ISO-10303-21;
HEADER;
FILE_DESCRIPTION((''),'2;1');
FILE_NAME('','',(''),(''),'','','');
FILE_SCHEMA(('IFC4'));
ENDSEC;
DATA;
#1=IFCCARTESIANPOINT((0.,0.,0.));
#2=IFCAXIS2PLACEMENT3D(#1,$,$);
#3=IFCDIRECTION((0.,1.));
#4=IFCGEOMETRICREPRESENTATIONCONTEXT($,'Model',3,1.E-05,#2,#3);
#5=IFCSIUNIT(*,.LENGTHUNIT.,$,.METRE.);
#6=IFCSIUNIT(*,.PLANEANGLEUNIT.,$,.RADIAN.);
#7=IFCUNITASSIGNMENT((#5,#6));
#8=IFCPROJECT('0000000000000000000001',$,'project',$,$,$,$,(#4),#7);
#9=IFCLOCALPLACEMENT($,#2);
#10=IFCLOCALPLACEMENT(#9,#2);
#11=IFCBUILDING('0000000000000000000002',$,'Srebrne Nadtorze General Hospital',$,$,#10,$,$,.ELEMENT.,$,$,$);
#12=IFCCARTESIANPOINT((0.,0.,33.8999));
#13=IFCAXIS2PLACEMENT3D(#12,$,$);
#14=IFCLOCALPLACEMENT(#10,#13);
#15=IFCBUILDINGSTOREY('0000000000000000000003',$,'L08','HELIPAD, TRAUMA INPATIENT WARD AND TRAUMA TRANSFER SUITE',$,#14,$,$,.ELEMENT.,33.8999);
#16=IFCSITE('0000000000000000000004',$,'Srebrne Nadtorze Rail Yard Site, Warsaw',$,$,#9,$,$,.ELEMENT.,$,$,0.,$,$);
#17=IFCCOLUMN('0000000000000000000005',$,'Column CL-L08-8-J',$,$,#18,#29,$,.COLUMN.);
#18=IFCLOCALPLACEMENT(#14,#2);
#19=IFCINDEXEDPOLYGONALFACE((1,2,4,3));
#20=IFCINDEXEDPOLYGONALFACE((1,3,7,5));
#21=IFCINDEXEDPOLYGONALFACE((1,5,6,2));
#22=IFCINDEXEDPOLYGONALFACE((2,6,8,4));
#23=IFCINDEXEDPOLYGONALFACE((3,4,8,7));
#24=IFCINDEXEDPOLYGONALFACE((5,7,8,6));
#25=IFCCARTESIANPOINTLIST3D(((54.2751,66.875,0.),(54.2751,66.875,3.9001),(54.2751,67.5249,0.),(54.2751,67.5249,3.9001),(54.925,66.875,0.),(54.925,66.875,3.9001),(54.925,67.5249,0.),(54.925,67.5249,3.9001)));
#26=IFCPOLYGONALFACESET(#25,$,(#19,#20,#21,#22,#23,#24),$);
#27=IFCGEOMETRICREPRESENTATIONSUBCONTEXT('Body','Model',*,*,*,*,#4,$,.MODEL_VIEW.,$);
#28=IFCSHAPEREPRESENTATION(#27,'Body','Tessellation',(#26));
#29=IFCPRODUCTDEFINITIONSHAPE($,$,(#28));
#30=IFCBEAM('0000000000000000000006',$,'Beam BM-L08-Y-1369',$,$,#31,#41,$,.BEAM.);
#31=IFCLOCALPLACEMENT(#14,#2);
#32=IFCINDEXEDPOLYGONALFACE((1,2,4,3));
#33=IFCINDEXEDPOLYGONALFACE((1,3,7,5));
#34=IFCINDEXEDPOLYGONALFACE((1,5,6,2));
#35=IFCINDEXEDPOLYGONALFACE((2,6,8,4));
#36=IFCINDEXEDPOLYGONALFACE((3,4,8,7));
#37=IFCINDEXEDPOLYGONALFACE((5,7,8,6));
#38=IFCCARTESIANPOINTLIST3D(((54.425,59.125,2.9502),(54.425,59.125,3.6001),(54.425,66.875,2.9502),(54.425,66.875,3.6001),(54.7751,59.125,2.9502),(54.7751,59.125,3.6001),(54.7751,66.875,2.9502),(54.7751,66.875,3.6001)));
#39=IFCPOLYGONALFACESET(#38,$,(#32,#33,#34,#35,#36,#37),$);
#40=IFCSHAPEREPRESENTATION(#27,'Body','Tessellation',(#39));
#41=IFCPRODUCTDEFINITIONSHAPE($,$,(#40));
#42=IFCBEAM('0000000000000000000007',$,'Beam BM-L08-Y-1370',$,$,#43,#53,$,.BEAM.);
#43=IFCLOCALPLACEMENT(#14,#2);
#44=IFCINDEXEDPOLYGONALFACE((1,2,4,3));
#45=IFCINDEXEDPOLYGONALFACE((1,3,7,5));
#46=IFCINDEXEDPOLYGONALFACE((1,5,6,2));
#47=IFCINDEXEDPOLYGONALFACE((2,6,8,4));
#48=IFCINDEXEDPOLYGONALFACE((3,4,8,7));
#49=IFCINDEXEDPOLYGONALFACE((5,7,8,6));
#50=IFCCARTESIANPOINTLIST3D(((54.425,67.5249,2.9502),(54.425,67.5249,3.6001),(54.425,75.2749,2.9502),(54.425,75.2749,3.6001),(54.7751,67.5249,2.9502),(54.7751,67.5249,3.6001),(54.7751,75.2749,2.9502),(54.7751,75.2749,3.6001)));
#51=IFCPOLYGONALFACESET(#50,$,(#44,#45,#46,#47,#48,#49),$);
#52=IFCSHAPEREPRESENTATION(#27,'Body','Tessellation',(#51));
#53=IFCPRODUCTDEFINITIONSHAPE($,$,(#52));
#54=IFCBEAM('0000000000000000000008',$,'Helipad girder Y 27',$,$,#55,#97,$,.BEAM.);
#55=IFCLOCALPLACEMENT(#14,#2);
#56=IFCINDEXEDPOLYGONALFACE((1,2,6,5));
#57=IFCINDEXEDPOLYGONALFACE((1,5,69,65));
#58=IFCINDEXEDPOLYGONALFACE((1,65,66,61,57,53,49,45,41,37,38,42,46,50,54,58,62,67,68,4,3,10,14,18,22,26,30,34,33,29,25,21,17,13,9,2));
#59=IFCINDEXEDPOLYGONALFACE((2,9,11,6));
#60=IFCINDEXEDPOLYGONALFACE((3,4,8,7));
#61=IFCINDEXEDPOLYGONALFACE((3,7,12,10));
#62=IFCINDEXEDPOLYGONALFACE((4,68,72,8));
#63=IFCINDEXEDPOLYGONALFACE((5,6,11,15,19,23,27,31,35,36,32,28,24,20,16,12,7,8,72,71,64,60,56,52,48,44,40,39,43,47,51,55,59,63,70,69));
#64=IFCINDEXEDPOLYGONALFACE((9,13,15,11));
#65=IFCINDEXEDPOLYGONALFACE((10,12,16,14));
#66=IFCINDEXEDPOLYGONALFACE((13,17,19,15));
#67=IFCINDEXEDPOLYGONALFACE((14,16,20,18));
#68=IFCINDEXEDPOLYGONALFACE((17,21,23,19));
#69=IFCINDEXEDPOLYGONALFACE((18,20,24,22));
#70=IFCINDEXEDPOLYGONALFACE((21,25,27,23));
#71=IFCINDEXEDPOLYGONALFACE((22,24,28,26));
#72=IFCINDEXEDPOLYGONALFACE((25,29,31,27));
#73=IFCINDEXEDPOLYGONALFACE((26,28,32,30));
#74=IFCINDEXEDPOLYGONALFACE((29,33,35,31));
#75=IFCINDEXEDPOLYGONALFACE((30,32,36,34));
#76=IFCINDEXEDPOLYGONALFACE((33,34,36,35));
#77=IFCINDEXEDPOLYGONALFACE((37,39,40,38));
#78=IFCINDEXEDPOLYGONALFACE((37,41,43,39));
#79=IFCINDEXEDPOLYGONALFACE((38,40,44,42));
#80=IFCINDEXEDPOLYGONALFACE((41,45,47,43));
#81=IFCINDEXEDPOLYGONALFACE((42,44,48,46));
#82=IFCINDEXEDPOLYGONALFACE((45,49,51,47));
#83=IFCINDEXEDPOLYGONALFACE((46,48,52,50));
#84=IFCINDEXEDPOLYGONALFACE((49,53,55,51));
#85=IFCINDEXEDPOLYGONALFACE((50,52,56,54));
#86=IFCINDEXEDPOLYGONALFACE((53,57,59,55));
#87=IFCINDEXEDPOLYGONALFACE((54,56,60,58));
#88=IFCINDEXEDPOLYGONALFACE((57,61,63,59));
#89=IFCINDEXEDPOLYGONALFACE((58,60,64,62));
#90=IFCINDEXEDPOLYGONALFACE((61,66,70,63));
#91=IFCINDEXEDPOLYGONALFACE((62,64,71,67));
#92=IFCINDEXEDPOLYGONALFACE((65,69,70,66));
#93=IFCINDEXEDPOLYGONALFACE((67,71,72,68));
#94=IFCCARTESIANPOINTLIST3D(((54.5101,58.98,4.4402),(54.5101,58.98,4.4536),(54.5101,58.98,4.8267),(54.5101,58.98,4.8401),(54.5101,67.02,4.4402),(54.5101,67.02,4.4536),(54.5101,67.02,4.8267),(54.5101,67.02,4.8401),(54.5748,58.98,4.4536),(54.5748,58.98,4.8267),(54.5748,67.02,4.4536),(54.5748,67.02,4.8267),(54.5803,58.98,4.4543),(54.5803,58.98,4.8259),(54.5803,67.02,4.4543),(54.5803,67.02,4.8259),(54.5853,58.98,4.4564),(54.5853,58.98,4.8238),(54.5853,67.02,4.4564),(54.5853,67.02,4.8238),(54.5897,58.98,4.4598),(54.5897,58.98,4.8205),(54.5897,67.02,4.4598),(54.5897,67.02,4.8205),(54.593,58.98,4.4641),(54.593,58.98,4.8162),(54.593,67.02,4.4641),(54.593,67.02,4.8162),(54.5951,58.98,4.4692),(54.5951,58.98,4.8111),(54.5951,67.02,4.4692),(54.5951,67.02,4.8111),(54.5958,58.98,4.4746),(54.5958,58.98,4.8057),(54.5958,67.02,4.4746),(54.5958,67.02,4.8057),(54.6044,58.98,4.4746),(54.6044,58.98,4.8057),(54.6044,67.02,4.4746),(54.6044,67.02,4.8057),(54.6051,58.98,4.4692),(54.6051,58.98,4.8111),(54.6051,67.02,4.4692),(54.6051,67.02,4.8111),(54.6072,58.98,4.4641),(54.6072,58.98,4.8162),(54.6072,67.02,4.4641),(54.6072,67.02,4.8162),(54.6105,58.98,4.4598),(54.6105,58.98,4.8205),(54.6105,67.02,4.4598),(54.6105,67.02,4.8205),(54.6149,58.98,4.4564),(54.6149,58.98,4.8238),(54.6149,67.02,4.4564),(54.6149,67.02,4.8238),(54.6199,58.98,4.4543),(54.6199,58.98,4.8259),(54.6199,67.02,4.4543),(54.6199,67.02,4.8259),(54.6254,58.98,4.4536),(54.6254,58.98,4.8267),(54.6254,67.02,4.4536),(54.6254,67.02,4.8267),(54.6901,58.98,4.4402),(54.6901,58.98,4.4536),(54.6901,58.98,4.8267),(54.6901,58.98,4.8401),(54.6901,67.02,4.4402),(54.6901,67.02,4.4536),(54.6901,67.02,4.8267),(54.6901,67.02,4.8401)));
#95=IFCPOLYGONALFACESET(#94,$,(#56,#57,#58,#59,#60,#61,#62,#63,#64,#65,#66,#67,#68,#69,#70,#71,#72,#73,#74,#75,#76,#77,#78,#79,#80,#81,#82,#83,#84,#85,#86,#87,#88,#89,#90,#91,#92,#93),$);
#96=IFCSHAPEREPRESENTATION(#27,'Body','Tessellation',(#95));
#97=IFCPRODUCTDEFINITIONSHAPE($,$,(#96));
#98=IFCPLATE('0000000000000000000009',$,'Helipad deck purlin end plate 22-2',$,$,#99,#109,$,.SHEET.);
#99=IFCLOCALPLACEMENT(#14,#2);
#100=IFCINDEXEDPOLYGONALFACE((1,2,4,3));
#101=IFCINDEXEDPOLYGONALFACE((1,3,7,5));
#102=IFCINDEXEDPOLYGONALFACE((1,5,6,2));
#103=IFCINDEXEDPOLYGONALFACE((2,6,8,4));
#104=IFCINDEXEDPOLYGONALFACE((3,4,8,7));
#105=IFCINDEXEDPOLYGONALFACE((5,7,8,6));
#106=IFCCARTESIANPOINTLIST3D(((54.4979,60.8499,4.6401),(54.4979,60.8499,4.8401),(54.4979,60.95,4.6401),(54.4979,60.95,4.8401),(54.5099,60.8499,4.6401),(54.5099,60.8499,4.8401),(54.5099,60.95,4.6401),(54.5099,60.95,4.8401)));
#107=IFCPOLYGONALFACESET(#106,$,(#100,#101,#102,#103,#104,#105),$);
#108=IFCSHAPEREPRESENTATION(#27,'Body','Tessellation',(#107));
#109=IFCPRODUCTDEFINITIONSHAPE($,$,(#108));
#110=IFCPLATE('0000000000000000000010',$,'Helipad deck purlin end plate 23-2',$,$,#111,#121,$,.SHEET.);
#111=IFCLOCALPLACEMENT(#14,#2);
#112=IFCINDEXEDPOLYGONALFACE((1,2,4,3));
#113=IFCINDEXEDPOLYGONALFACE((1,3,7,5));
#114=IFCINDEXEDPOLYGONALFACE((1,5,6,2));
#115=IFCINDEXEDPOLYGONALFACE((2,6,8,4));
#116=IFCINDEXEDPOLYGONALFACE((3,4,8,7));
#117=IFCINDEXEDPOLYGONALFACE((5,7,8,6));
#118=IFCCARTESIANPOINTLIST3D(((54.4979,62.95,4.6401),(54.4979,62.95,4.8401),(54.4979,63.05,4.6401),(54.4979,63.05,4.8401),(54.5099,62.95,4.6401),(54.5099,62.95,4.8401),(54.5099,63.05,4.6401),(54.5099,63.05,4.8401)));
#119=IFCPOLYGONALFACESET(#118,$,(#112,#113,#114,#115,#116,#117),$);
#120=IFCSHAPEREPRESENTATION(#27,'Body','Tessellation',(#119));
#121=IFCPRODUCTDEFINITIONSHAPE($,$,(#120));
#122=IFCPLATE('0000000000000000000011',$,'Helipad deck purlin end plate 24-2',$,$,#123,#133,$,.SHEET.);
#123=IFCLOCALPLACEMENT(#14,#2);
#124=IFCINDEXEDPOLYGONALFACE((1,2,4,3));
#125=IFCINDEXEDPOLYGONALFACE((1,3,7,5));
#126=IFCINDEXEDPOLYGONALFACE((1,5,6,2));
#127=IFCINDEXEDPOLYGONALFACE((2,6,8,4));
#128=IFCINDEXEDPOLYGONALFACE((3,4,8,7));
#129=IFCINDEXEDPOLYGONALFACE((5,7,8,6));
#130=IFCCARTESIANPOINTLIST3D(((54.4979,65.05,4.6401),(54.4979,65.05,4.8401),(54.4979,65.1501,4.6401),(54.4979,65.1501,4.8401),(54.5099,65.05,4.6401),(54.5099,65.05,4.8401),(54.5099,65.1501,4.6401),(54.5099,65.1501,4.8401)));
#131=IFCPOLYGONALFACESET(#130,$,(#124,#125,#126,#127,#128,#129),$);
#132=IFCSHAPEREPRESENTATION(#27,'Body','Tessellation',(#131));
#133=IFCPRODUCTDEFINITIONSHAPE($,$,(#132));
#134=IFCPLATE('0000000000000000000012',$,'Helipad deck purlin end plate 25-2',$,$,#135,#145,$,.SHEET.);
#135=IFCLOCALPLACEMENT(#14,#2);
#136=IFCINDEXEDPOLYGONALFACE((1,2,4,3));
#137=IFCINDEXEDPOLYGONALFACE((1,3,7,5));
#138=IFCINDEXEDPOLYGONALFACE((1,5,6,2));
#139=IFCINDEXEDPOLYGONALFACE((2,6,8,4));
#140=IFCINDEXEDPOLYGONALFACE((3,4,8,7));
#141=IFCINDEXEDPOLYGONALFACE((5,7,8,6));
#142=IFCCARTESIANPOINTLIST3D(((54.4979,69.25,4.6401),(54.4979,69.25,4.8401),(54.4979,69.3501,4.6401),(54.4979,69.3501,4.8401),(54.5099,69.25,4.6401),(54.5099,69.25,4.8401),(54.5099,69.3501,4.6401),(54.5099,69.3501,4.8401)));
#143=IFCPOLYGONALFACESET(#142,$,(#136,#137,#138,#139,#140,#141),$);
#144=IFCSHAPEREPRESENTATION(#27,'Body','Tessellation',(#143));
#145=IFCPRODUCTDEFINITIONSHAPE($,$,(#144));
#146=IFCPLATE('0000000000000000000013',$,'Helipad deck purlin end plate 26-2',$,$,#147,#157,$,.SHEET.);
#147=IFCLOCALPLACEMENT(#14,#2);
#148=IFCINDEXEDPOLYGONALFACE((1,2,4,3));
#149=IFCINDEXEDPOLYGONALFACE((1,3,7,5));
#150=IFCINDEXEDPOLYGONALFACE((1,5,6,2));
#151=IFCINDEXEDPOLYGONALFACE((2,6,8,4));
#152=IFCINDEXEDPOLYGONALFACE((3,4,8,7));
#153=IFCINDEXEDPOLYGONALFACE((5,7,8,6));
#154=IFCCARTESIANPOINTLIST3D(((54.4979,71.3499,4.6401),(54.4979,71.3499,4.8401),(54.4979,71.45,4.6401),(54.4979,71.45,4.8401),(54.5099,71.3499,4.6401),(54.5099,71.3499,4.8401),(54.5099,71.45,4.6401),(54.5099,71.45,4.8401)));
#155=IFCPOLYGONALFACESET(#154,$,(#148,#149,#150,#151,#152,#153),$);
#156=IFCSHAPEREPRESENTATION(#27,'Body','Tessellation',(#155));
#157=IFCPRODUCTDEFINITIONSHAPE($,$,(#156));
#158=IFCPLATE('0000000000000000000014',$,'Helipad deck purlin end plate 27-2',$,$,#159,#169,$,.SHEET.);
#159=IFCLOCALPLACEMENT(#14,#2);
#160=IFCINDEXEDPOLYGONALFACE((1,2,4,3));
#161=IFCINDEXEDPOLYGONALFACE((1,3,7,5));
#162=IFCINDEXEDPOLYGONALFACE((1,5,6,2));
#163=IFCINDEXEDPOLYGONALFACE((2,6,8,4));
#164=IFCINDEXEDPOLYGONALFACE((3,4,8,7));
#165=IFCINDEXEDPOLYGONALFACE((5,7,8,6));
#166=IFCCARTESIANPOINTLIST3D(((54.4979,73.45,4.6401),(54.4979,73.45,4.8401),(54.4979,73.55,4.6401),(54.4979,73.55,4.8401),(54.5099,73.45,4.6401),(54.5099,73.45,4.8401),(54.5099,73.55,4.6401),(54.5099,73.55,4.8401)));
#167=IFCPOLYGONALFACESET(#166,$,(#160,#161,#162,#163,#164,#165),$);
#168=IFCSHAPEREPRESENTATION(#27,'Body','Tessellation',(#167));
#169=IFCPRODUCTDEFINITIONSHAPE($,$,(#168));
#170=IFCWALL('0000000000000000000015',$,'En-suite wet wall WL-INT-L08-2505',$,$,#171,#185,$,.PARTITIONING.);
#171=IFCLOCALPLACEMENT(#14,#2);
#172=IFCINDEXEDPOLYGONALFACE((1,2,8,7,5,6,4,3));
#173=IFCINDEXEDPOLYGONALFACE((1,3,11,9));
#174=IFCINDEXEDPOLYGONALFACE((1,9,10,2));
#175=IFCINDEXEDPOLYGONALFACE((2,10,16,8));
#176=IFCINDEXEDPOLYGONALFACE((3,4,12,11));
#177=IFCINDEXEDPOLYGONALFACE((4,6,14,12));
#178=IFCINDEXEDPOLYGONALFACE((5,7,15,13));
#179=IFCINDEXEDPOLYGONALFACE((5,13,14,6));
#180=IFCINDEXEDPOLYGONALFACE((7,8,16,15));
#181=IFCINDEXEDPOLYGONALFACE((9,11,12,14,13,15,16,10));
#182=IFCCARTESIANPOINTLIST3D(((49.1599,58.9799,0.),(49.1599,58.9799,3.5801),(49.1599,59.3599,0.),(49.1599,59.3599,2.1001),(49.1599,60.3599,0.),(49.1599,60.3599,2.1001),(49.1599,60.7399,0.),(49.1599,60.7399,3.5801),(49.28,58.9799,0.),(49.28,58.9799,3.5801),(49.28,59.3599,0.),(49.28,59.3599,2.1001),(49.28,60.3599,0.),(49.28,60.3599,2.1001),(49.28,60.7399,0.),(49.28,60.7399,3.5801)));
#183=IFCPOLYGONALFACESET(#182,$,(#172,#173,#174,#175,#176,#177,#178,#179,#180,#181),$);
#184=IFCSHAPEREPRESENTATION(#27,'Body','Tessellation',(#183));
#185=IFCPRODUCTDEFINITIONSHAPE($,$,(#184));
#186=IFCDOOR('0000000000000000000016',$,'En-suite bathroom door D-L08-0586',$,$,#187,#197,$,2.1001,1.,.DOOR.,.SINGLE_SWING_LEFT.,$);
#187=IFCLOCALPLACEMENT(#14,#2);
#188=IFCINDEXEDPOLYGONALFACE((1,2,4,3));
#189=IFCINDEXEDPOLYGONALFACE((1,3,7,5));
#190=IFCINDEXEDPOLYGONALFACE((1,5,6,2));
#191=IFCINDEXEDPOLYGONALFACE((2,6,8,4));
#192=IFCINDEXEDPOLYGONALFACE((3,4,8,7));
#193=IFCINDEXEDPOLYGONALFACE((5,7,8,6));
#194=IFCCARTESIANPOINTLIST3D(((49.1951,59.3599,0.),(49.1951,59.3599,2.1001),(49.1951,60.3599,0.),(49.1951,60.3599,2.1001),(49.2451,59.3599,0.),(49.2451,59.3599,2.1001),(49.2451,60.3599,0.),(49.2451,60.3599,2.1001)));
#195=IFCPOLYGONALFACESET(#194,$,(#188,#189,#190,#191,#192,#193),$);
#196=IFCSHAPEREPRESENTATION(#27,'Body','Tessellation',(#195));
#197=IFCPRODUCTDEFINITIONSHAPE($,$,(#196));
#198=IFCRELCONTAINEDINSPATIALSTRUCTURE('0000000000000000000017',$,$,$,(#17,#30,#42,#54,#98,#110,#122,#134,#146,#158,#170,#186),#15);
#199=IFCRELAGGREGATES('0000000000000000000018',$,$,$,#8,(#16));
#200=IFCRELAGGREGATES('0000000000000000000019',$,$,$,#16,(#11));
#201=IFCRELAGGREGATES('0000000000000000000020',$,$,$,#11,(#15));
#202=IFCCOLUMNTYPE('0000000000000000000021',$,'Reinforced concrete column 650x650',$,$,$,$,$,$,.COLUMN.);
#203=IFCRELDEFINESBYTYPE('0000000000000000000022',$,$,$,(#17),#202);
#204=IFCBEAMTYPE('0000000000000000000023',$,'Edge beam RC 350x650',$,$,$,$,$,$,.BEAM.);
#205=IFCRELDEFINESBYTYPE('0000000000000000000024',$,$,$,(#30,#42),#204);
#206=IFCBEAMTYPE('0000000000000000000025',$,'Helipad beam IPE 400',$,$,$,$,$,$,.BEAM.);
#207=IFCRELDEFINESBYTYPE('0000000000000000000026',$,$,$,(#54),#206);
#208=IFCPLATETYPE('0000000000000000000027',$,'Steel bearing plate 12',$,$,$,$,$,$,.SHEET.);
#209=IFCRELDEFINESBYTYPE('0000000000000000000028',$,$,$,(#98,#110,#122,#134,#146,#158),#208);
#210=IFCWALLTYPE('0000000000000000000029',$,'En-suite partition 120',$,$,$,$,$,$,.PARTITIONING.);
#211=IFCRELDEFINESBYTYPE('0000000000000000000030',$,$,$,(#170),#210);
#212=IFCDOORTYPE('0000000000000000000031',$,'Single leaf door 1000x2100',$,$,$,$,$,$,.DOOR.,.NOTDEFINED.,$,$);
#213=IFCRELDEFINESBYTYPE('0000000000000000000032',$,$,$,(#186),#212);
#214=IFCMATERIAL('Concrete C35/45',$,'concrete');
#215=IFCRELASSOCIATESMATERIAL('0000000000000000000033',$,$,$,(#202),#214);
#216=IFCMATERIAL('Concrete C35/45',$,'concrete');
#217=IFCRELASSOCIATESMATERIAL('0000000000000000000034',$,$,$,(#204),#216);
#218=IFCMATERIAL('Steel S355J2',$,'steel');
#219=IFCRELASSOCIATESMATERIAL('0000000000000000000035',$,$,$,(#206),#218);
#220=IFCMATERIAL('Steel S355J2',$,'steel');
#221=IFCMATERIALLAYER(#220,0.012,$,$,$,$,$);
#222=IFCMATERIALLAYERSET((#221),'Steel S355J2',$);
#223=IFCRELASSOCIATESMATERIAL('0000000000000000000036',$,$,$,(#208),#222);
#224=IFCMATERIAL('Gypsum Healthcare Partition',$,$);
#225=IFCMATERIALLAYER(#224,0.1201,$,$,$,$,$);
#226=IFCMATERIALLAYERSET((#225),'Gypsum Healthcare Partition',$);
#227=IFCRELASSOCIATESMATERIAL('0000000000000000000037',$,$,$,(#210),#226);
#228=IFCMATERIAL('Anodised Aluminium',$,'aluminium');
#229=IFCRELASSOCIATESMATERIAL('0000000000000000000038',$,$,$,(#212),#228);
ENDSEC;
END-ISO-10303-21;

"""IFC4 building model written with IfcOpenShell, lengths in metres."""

from ifc_helpers import new_model, si_unit, direction, frame, frame_2d, origin, origin_2d, place, context, subcontext, project, spatial, rectangle, i_section, extrude, material, layer, layer_set, material_profile, profile_set, type_object, element, fill, save


model = new_model("IFC4")

# Units and contexts
model_context = context("Model", 3, precision=1e-05, world=origin(), true_north=direction((0.0, 1.0)))
body_context = subcontext(model_context, "Body", "Model", "MODEL_VIEW")
ifc_project = project(units=[si_unit("LENGTHUNIT", "METRE"), si_unit("PLANEANGLEUNIT", "RADIAN")], contexts=[model_context])

# Site, building, storey
site_placement = place(None, origin())
site = spatial("IfcSite", under=ifc_project, at=site_placement, Name="Srebrne Nadtorze Rail Yard Site, Warsaw", CompositionType="ELEMENT", RefElevation=0.0)
building_placement = place(site_placement, origin())
building = spatial("IfcBuilding", under=site, at=building_placement, Name="Srebrne Nadtorze General Hospital", CompositionType="ELEMENT")
storey_placement = place(building_placement, frame((0.0, 0.0, 33.8999)))
storey = spatial("IfcBuildingStorey", under=building, at=storey_placement, Name="L08", Description="HELIPAD, TRAUMA INPATIENT WARD AND TRAUMA TRANSFER SUITE", CompositionType="ELEMENT", Elevation=33.8999)

# Column
ifc_material_1 = material(Name="Concrete C35/45", Category="concrete")
ifc_material_profile_1 = material_profile(ifc_material_1, rectangle(XDim=0.6499, YDim=0.6499, at=origin_2d()), Name="RC-COL-650x650")
ifc_profile_set_1 = profile_set([ifc_material_profile_1], Name="Concrete C35/45")
column_type = type_object("IfcColumnType", Name="Reinforced concrete column 650x650", PredefinedType="COLUMN", material=ifc_profile_set_1)
column_placement = place(storey_placement, frame((54.6001, 67.2, 0.0), z_axis=(0.0, 0.0, 1.0), x_axis=(1.0, 0.0, 0.0)))
element("IfcColumn", 1, at=column_placement, inside=storey, type_object=column_type, Name="Column CL-L08-8-J", PredefinedType="COLUMN", context=body_context, shape_type="SweptSolid", body=[
    extrude(rectangle(XDim=0.6499, YDim=0.6499, at=origin_2d()), origin(), (0.0, 0.0, 1.0), 3.9001),
])

# Beams
ifc_material_2 = material(Name="Concrete C35/45", Category="concrete")
ifc_material_profile_2 = material_profile(ifc_material_2, rectangle(XDim=0.3501, YDim=0.6499, at=origin_2d()), Name="RC-BM-350x650")
ifc_profile_set_2 = profile_set([ifc_material_profile_2], Name="Concrete C35/45")
beam_type_1 = type_object("IfcBeamType", Name="Edge beam RC 350x650", PredefinedType="BEAM", material=ifc_profile_set_2)
for number, where, z_axis, x_axis, name in (
    (2, (54.6001, 59.125, 3.2751), (0.0, 1.0, 0.0), (-1.0, 0.0, 0.0), "Beam BM-L08-Y-1369"),
    (3, (54.6001, 67.5249, 3.2751), (0.0, 1.0, 0.0), (-1.0, 0.0, 0.0), "Beam BM-L08-Y-1370"),
):
    element("IfcBeam", number, at=place(storey_placement, frame(where, z_axis=z_axis, x_axis=x_axis)), inside=storey, type_object=beam_type_1, Name=name, PredefinedType="BEAM", context=body_context, shape_type="SweptSolid", body=[
        extrude(rectangle(XDim=0.3501, YDim=0.6499, at=origin_2d()), origin(), (0.0, 0.0, 1.0), 7.75),
    ])
ifc_material_3 = material(Name="Steel S355J2", Category="steel")
ifc_material_profile_3 = material_profile(ifc_material_3, i_section(OverallWidth=0.1799, OverallDepth=0.3999, WebThickness=0.0085, FlangeThickness=0.0134, FilletRadius=0.021, at=origin_2d()), Name="IPE-400")
ifc_profile_set_3 = profile_set([ifc_material_profile_3], Name="Steel S355J2")
beam_type_2 = type_object("IfcBeamType", Name="Helipad beam IPE 400", PredefinedType="BEAM", material=ifc_profile_set_3)
beam_placement = place(storey_placement, frame((54.6001, 58.98, 4.6401), z_axis=(0.0, 1.0, 0.0), x_axis=(-1.0, 0.0, 0.0)))
element("IfcBeam", 4, at=beam_placement, inside=storey, type_object=beam_type_2, Name="Helipad girder Y 27", PredefinedType="BEAM", context=body_context, shape_type="SweptSolid", body=[
    extrude(i_section(OverallWidth=0.1799, OverallDepth=0.3999, WebThickness=0.0085, FlangeThickness=0.0134, FilletRadius=0.021, at=origin_2d()), origin(), (0.0, 0.0, 1.0), 8.04),
])

# Plates
ifc_material_4 = material(Name="Steel S355J2", Category="steel")
ifc_layer_1 = layer(ifc_material_4, 0.012)
ifc_layer_set_1 = layer_set([ifc_layer_1], Name="Steel S355J2")
plate_type = type_object("IfcPlateType", Name="Steel bearing plate 12", PredefinedType="SHEET", material=ifc_layer_set_1)
for number, where, z_axis, x_axis, name in (
    (5, (54.5039, 60.8999, 4.6401), (0.0, 0.0, 1.0), (1.0, 0.0, 0.0), "Helipad deck purlin end plate 22-2"),
    (6, (54.5039, 63.0, 4.6401), (0.0, 0.0, 1.0), (1.0, 0.0, 0.0), "Helipad deck purlin end plate 23-2"),
    (7, (54.5039, 65.1001, 4.6401), (0.0, 0.0, 1.0), (1.0, 0.0, 0.0), "Helipad deck purlin end plate 24-2"),
    (8, (54.5039, 69.3, 4.6401), (0.0, 0.0, 1.0), (1.0, 0.0, 0.0), "Helipad deck purlin end plate 25-2"),
    (9, (54.5039, 71.3999, 4.6401), (0.0, 0.0, 1.0), (1.0, 0.0, 0.0), "Helipad deck purlin end plate 26-2"),
    (10, (54.5039, 73.5, 4.6401), (0.0, 0.0, 1.0), (1.0, 0.0, 0.0), "Helipad deck purlin end plate 27-2"),
):
    element("IfcPlate", number, at=place(storey_placement, frame(where, z_axis=z_axis, x_axis=x_axis)), inside=storey, type_object=plate_type, Name=name, PredefinedType="SHEET", context=body_context, shape_type="SweptSolid", body=[
        extrude(rectangle(XDim=0.012, YDim=0.1001, at=origin_2d()), origin(), (0.0, 0.0, 1.0), 0.2),
    ])

# Wall, opening, door
ifc_material_5 = material(Name="Gypsum Healthcare Partition")
ifc_layer_2 = layer(ifc_material_5, 0.1201)
ifc_layer_set_2 = layer_set([ifc_layer_2], Name="Gypsum Healthcare Partition")
wall_type = type_object("IfcWallType", Name="En-suite partition 120", PredefinedType="PARTITIONING", material=ifc_layer_set_2)
wall_1_placement = place(storey_placement, frame((49.22, 58.98, 0.0), z_axis=(0.0, 0.0, 1.0), x_axis=(0.0, 1.0, 0.0)))
wall_1 = element("IfcWall", 11, at=wall_1_placement, inside=storey, type_object=wall_type, Name="En-suite wet wall WL-INT-L08-2505", PredefinedType="PARTITIONING", context=body_context, shape_type="SweptSolid", body=[
    extrude(rectangle(XDim=1.76, YDim=0.1201, at=frame_2d((0.8799, 0.0))), origin(), (0.0, 0.0, 1.0), 3.5801),
])
opening_1_placement = place(wall_1_placement, frame((0.3799, 0.0, 0.0)))
opening_1 = element("IfcOpeningElement", 12, at=opening_1_placement, cuts=wall_1, PredefinedType="OPENING", context=body_context, shape_type="SweptSolid", body=[
    extrude(rectangle(XDim=1.0, YDim=2.1001, at=frame_2d((0.5, 1.05))), frame((0.0, 0.072, 0.0), z_axis=(0.0, -1.0, 0.0), x_axis=(1.0, 0.0, 0.0)), (0.0, 0.0, 1.0), 0.144),
])
ifc_material_6 = material(Name="Anodised Aluminium", Category="aluminium")
door_type_1 = type_object("IfcDoorType", Name="Single leaf door 1000x2100", OperationType="NOTDEFINED", PredefinedType="DOOR", material=ifc_material_6)
door_1_placement = place(opening_1_placement, origin())
door_1 = element("IfcDoor", 13, at=door_1_placement, inside=storey, type_object=door_type_1, Name="En-suite bathroom door D-L08-0586", OperationType="SINGLE_SWING_LEFT", OverallHeight=2.1001, OverallWidth=1.0, PredefinedType="DOOR", context=body_context, shape_type="SweptSolid", body=[
    extrude(rectangle(XDim=1.0, YDim=2.1001, at=frame_2d((0.5, 1.05))), frame((0.0, 0.0249, 0.0), z_axis=(0.0, -1.0, 0.0), x_axis=(1.0, 0.0, 0.0)), (0.0, 0.0, 1.0), 0.05),
])
fill(opening_1, door_1)

save(model, "model.ifc")
